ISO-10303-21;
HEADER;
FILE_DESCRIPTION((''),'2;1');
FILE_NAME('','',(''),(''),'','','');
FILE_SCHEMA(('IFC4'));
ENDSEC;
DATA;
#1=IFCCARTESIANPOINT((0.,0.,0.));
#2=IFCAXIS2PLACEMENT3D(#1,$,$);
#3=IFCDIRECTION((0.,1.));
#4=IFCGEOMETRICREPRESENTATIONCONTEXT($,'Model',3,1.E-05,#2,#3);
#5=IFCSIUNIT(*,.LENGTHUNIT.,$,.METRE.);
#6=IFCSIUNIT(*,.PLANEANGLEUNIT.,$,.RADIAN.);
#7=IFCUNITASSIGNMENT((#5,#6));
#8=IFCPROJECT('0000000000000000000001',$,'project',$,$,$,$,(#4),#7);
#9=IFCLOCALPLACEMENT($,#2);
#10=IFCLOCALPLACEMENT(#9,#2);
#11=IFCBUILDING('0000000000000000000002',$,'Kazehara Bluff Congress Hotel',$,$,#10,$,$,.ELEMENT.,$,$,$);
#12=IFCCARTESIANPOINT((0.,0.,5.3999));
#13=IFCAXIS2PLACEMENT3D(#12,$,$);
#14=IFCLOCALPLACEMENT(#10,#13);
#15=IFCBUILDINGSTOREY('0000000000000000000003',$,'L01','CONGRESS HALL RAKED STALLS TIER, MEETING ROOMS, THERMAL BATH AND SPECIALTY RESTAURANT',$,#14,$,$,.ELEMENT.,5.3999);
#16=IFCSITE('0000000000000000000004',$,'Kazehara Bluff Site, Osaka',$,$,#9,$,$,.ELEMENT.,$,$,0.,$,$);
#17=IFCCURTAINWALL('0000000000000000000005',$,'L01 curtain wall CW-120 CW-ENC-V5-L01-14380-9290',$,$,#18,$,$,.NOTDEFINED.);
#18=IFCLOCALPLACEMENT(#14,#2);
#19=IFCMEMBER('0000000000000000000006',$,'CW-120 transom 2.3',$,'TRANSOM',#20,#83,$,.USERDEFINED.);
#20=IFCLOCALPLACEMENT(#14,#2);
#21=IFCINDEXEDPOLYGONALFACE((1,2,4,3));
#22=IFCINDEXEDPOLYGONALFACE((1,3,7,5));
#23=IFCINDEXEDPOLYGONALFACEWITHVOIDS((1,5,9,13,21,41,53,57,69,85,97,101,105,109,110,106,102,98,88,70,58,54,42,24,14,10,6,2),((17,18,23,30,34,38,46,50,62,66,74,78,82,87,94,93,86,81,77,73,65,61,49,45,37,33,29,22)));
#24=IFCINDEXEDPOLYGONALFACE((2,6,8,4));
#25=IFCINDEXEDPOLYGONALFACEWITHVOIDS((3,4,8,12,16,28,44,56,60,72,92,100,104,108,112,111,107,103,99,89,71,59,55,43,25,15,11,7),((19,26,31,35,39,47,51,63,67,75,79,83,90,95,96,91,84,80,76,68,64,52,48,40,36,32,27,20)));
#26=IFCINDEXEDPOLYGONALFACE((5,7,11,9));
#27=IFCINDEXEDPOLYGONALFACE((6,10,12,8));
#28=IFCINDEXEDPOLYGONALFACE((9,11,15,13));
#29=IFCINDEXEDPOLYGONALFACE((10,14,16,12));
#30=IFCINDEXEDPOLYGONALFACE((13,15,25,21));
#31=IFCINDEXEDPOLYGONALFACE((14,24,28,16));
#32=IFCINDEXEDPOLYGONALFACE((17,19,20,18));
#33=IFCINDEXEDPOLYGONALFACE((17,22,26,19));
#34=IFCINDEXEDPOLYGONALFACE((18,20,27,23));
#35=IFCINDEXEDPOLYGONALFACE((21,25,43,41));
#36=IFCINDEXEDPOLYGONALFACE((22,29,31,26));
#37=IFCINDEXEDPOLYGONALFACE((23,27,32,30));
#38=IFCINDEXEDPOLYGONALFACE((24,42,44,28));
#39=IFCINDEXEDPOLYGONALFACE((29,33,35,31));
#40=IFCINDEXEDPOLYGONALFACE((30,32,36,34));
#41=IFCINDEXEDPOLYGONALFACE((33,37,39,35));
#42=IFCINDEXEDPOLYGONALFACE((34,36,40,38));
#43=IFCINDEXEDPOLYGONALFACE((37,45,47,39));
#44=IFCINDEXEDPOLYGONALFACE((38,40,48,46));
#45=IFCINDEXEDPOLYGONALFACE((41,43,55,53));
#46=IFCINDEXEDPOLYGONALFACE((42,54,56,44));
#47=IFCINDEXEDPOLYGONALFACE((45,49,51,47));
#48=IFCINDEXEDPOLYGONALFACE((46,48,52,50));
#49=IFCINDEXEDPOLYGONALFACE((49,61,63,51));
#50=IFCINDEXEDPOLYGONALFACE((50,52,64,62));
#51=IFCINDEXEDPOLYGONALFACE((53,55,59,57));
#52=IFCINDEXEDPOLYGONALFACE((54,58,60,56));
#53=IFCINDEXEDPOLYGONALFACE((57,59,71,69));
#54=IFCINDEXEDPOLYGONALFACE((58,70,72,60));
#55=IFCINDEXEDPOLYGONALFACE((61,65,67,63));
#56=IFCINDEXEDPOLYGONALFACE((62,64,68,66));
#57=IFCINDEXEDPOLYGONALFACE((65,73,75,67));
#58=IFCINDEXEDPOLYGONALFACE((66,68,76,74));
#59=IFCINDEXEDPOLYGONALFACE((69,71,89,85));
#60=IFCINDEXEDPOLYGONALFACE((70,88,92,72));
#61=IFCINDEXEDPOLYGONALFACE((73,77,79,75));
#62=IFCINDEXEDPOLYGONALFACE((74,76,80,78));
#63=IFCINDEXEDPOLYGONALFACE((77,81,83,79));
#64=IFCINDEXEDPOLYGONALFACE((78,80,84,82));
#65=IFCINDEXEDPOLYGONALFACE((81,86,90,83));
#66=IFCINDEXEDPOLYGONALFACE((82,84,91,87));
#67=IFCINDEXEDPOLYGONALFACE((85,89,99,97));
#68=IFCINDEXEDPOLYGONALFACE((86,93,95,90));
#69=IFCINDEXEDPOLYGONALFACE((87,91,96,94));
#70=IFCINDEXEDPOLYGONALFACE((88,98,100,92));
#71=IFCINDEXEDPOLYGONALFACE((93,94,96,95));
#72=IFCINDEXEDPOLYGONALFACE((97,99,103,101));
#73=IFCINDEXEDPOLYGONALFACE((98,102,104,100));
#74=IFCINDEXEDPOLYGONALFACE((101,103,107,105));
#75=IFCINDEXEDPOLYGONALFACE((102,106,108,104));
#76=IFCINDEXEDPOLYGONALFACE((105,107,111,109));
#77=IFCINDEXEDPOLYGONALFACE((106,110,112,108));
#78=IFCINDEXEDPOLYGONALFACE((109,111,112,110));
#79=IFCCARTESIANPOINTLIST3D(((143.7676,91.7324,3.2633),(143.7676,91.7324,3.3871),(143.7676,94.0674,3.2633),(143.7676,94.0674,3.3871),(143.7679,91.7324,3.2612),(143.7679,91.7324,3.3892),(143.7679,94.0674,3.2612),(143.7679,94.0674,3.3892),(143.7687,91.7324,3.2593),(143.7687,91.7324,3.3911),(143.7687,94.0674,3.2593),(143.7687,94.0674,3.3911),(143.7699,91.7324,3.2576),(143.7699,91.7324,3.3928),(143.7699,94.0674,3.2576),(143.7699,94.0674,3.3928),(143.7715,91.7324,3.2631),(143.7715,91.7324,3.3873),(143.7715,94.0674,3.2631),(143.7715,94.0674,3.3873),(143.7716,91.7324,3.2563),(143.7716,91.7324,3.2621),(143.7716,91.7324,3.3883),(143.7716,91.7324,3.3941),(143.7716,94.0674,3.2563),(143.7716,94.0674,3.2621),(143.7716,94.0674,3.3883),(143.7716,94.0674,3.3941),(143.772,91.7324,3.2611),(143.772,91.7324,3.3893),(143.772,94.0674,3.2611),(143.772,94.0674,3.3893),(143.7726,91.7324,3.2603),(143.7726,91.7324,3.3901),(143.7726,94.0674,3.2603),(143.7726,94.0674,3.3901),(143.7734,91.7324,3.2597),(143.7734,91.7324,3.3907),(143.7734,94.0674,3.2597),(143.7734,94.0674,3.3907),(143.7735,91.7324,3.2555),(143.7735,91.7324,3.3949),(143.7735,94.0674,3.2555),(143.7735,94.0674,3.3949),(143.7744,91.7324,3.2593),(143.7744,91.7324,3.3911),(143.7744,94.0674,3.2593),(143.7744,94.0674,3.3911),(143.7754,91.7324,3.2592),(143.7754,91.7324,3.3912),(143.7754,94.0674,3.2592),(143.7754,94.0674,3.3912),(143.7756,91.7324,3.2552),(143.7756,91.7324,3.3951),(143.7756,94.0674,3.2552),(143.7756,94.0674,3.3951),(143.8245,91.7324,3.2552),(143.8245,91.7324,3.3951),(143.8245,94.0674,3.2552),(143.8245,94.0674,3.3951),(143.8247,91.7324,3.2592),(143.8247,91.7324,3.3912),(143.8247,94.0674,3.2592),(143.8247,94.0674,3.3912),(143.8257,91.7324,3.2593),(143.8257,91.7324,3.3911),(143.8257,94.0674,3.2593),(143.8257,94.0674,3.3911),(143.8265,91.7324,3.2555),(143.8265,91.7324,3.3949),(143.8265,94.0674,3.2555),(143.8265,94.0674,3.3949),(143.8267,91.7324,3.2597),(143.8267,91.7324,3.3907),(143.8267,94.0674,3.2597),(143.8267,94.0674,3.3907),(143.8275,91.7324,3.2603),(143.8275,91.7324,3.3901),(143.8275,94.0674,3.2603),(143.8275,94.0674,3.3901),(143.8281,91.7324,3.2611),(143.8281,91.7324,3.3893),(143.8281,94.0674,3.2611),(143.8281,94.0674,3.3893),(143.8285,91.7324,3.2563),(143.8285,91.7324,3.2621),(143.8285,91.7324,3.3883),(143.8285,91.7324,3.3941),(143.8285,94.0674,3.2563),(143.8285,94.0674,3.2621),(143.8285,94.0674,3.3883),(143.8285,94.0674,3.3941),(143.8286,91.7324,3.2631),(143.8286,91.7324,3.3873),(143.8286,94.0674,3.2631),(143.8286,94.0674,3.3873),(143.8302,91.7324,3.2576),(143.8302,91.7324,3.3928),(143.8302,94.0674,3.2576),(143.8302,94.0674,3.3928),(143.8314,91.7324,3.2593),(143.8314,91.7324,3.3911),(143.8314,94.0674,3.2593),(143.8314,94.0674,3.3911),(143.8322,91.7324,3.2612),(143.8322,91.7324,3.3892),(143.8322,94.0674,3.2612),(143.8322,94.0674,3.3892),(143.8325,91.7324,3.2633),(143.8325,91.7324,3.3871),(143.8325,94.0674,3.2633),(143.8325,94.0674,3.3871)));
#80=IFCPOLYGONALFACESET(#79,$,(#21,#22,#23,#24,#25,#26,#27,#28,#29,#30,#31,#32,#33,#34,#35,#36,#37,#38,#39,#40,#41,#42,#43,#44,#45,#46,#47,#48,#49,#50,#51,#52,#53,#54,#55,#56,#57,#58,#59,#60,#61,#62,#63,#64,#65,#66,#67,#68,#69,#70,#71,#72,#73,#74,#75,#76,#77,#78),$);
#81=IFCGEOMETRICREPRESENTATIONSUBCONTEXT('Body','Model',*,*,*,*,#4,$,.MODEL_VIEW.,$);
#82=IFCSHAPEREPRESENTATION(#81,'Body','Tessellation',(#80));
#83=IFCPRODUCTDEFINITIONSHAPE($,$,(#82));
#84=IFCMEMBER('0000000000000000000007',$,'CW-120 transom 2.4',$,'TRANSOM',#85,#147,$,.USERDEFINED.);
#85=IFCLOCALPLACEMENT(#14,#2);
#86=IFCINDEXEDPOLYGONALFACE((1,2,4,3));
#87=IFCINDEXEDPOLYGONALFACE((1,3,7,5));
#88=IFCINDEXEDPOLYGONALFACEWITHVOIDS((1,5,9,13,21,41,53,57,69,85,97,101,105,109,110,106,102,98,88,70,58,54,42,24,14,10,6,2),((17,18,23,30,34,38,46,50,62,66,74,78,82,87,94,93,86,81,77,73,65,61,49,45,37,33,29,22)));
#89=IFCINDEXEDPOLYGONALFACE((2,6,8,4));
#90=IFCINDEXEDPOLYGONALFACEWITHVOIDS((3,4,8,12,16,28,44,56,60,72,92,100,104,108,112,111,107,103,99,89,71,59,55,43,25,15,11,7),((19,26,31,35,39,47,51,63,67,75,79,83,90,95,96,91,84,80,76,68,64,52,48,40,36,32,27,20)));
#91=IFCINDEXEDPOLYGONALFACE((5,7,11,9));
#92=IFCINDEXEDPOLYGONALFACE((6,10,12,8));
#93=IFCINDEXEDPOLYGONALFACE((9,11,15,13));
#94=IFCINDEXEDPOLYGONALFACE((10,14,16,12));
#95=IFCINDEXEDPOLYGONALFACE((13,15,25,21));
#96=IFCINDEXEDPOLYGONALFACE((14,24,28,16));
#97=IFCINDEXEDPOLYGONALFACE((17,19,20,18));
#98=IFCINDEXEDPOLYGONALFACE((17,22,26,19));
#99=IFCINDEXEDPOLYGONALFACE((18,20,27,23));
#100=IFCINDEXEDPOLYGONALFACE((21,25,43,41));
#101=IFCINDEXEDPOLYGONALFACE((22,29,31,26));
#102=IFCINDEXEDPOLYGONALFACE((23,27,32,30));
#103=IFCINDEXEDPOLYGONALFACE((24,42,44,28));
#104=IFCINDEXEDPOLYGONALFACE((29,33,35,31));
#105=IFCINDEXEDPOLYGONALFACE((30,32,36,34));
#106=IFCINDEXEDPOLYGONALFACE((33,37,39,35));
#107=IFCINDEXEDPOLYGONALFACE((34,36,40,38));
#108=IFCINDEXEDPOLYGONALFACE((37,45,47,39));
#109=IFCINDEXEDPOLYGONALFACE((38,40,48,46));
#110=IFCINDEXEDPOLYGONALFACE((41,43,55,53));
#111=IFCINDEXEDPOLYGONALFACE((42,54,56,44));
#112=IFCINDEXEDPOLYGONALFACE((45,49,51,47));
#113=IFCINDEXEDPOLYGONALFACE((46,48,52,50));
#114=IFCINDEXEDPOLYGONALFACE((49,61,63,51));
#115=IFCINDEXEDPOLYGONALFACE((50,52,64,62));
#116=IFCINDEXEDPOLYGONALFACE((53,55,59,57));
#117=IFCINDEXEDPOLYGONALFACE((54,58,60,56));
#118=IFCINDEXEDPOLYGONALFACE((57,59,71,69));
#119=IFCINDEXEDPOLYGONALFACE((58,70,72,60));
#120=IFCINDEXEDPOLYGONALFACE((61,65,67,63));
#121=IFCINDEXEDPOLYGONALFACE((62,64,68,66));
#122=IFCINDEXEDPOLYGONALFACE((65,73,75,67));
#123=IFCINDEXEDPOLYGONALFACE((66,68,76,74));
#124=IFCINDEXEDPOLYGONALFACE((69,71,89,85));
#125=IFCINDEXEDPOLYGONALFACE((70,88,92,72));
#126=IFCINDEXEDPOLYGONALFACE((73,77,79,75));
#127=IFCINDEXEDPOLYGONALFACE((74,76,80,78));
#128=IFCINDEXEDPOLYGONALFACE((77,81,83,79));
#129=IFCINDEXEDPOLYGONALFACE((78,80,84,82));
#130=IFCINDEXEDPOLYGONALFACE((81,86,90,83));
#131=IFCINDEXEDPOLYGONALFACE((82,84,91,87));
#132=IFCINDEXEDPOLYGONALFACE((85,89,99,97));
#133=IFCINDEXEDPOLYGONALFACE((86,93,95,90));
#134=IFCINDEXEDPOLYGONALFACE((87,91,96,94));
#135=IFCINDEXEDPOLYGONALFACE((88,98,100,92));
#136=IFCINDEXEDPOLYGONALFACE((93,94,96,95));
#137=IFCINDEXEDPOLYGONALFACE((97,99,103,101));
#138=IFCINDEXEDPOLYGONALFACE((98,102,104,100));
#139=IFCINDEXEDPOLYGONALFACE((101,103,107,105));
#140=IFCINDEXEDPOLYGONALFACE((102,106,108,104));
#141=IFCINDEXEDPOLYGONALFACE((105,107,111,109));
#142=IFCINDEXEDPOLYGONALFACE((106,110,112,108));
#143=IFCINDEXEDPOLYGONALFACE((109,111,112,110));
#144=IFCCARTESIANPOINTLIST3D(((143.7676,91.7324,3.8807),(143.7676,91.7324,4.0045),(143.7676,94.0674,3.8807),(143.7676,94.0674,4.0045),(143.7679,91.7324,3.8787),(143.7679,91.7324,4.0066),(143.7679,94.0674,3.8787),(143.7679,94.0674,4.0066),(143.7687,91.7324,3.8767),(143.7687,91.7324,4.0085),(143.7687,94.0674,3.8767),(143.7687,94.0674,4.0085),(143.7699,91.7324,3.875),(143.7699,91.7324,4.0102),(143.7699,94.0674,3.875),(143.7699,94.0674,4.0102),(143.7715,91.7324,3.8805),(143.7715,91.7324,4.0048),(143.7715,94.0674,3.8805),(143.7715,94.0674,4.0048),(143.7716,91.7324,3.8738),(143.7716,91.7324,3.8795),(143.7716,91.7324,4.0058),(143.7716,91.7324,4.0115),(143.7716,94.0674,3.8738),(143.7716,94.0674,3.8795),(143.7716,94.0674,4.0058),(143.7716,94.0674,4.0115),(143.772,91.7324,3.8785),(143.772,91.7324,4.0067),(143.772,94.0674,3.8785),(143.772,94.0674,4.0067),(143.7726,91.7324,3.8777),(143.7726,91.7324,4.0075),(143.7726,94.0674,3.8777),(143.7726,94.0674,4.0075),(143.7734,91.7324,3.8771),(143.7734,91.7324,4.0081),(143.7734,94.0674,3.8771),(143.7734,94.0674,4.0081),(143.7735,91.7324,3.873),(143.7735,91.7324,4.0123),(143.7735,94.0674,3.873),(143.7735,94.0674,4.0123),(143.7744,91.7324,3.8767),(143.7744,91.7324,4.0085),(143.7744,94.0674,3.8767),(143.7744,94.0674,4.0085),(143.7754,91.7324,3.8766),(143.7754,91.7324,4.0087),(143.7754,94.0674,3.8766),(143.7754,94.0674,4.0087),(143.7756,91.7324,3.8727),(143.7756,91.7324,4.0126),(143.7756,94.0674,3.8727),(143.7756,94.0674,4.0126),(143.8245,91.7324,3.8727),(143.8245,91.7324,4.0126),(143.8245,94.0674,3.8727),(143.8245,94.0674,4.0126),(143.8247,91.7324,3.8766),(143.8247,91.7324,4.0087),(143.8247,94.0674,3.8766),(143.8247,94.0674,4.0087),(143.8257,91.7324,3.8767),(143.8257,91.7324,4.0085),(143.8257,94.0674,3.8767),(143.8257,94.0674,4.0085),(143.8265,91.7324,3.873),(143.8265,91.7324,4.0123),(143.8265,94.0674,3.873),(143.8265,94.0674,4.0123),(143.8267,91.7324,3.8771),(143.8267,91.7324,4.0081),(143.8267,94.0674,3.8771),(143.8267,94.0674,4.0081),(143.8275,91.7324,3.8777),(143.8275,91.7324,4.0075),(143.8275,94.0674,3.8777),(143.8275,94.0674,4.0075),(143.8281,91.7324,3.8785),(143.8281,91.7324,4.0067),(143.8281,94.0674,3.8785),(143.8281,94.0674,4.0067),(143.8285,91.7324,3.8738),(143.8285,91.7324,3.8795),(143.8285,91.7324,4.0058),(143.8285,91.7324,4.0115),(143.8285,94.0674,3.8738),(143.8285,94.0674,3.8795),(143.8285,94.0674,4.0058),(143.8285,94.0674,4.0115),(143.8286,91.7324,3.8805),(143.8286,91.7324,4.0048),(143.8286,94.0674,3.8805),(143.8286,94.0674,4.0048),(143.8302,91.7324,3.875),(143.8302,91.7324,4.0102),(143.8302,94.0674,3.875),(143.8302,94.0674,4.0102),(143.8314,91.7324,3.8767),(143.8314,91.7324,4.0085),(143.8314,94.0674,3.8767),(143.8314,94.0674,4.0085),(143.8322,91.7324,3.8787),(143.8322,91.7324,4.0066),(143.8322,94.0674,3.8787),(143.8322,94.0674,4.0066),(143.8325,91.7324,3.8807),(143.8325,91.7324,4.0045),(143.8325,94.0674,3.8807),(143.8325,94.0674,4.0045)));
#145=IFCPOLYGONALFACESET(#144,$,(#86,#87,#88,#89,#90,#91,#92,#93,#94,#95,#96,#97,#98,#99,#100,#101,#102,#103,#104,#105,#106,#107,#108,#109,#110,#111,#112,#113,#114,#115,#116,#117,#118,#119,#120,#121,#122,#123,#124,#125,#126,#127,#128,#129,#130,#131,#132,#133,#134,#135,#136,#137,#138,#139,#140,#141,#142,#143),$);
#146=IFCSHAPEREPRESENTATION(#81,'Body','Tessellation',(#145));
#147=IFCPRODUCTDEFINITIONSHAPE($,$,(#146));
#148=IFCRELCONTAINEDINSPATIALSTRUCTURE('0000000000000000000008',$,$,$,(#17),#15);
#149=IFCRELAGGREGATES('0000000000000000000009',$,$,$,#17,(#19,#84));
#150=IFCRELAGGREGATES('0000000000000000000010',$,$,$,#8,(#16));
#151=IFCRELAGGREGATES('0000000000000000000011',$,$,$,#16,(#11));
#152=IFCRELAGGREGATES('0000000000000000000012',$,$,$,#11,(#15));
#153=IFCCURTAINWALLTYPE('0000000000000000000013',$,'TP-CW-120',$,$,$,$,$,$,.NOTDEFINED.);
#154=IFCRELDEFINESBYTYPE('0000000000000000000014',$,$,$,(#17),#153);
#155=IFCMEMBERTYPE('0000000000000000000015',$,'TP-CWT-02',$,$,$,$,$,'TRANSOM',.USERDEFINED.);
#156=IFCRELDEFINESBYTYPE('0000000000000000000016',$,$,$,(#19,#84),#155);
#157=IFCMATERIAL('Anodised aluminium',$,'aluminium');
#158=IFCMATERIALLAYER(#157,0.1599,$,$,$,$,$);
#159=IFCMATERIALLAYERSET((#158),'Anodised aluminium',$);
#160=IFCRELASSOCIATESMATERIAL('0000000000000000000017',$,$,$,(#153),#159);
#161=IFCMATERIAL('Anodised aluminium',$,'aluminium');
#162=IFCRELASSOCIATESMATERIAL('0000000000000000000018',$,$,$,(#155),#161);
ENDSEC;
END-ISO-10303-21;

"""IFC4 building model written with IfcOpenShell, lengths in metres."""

from ifc_helpers import new_model, si_unit, direction, frame, origin, origin_2d, place, context, subcontext, project, spatial, hollow_rectangle, extrude, material, layer, layer_set, material_profile, profile_set, type_object, element, aggregate, save


model = new_model("IFC4")

# Units and contexts
model_context = context("Model", 3, precision=1e-05, world=origin(), true_north=direction((0.0, 1.0)))
body_context = subcontext(model_context, "Body", "Model", "MODEL_VIEW")
ifc_project = project(units=[si_unit("LENGTHUNIT", "METRE"), si_unit("PLANEANGLEUNIT", "RADIAN")], contexts=[model_context])

# Site, building, storey
site_placement = place(None, origin())
site = spatial("IfcSite", under=ifc_project, at=site_placement, Name="Kazehara Bluff Site, Osaka", CompositionType="ELEMENT", RefElevation=0.0)
building_placement = place(site_placement, origin())
building = spatial("IfcBuilding", under=site, at=building_placement, Name="Kazehara Bluff Congress Hotel", CompositionType="ELEMENT")
storey_placement = place(building_placement, frame((0.0, 0.0, 5.3999)))
storey = spatial("IfcBuildingStorey", under=building, at=storey_placement, Name="L01", Description="CONGRESS HALL RAKED STALLS TIER, MEETING ROOMS, THERMAL BATH AND SPECIALTY RESTAURANT", CompositionType="ELEMENT", Elevation=5.3999)

# Curtain wall
ifc_material_1 = material(Name="Anodised aluminium", Category="aluminium")
ifc_layer_1 = layer(ifc_material_1, 0.1599)
ifc_layer_set_1 = layer_set([ifc_layer_1], Name="Anodised aluminium")
curtain_wall_type_1 = type_object("IfcCurtainWallType", Name="TP-CW-120", PredefinedType="NOTDEFINED", material=ifc_layer_set_1)
curtain_wall_1_placement = place(storey_placement, origin())
curtain_wall_1 = element("IfcCurtainWall", 1, at=curtain_wall_1_placement, inside=storey, type_object=curtain_wall_type_1, Name="L01 curtain wall CW-120 CW-ENC-V5-L01-14380-9290", PredefinedType="NOTDEFINED")

# Members
ifc_material_2 = material(Name="Anodised aluminium", Category="aluminium")
ifc_material_profile_1 = material_profile(ifc_material_2, hollow_rectangle(XDim=0.0649, YDim=0.1399, WallThickness=0.0039, InnerFilletRadius=0.0039, OuterFilletRadius=0.0081, at=origin_2d()))
ifc_profile_set_1 = profile_set([ifc_material_profile_1], Name="Anodised aluminium")
member_type_1 = type_object("IfcMemberType", Name="TP-CWT-02", ElementType="TRANSOM", PredefinedType="USERDEFINED", material=ifc_profile_set_1)
member_1_placement = place(storey_placement, frame((143.8, 91.7324, 3.3252), z_axis=(0.0, 1.0, 0.0), x_axis=(-1.0, 0.0, 0.0)))
member_1 = element("IfcMember", 2, at=member_1_placement, type_object=member_type_1, Name="CW-120 transom 2.3", ObjectType="TRANSOM", PredefinedType="USERDEFINED", context=body_context, shape_type="SweptSolid", body=[
    extrude(hollow_rectangle(XDim=0.0649, YDim=0.1399, WallThickness=0.0039, InnerFilletRadius=0.0039, OuterFilletRadius=0.0081, at=origin_2d()), origin(), (0.0, 0.0, 1.0), 2.335),
])
member_2_placement = place(storey_placement, frame((143.8, 91.7324, 3.9426), z_axis=(0.0, 1.0, 0.0), x_axis=(-1.0, 0.0, 0.0)))
member_2 = element("IfcMember", 3, at=member_2_placement, type_object=member_type_1, Name="CW-120 transom 2.4", ObjectType="TRANSOM", PredefinedType="USERDEFINED", context=body_context, shape_type="SweptSolid", body=[
    extrude(hollow_rectangle(XDim=0.0649, YDim=0.1399, WallThickness=0.0039, InnerFilletRadius=0.0039, OuterFilletRadius=0.0081, at=origin_2d()), origin(), (0.0, 0.0, 1.0), 2.335),
])

aggregate(curtain_wall_1, [member_1, member_2])

save(model, "model.ifc")
